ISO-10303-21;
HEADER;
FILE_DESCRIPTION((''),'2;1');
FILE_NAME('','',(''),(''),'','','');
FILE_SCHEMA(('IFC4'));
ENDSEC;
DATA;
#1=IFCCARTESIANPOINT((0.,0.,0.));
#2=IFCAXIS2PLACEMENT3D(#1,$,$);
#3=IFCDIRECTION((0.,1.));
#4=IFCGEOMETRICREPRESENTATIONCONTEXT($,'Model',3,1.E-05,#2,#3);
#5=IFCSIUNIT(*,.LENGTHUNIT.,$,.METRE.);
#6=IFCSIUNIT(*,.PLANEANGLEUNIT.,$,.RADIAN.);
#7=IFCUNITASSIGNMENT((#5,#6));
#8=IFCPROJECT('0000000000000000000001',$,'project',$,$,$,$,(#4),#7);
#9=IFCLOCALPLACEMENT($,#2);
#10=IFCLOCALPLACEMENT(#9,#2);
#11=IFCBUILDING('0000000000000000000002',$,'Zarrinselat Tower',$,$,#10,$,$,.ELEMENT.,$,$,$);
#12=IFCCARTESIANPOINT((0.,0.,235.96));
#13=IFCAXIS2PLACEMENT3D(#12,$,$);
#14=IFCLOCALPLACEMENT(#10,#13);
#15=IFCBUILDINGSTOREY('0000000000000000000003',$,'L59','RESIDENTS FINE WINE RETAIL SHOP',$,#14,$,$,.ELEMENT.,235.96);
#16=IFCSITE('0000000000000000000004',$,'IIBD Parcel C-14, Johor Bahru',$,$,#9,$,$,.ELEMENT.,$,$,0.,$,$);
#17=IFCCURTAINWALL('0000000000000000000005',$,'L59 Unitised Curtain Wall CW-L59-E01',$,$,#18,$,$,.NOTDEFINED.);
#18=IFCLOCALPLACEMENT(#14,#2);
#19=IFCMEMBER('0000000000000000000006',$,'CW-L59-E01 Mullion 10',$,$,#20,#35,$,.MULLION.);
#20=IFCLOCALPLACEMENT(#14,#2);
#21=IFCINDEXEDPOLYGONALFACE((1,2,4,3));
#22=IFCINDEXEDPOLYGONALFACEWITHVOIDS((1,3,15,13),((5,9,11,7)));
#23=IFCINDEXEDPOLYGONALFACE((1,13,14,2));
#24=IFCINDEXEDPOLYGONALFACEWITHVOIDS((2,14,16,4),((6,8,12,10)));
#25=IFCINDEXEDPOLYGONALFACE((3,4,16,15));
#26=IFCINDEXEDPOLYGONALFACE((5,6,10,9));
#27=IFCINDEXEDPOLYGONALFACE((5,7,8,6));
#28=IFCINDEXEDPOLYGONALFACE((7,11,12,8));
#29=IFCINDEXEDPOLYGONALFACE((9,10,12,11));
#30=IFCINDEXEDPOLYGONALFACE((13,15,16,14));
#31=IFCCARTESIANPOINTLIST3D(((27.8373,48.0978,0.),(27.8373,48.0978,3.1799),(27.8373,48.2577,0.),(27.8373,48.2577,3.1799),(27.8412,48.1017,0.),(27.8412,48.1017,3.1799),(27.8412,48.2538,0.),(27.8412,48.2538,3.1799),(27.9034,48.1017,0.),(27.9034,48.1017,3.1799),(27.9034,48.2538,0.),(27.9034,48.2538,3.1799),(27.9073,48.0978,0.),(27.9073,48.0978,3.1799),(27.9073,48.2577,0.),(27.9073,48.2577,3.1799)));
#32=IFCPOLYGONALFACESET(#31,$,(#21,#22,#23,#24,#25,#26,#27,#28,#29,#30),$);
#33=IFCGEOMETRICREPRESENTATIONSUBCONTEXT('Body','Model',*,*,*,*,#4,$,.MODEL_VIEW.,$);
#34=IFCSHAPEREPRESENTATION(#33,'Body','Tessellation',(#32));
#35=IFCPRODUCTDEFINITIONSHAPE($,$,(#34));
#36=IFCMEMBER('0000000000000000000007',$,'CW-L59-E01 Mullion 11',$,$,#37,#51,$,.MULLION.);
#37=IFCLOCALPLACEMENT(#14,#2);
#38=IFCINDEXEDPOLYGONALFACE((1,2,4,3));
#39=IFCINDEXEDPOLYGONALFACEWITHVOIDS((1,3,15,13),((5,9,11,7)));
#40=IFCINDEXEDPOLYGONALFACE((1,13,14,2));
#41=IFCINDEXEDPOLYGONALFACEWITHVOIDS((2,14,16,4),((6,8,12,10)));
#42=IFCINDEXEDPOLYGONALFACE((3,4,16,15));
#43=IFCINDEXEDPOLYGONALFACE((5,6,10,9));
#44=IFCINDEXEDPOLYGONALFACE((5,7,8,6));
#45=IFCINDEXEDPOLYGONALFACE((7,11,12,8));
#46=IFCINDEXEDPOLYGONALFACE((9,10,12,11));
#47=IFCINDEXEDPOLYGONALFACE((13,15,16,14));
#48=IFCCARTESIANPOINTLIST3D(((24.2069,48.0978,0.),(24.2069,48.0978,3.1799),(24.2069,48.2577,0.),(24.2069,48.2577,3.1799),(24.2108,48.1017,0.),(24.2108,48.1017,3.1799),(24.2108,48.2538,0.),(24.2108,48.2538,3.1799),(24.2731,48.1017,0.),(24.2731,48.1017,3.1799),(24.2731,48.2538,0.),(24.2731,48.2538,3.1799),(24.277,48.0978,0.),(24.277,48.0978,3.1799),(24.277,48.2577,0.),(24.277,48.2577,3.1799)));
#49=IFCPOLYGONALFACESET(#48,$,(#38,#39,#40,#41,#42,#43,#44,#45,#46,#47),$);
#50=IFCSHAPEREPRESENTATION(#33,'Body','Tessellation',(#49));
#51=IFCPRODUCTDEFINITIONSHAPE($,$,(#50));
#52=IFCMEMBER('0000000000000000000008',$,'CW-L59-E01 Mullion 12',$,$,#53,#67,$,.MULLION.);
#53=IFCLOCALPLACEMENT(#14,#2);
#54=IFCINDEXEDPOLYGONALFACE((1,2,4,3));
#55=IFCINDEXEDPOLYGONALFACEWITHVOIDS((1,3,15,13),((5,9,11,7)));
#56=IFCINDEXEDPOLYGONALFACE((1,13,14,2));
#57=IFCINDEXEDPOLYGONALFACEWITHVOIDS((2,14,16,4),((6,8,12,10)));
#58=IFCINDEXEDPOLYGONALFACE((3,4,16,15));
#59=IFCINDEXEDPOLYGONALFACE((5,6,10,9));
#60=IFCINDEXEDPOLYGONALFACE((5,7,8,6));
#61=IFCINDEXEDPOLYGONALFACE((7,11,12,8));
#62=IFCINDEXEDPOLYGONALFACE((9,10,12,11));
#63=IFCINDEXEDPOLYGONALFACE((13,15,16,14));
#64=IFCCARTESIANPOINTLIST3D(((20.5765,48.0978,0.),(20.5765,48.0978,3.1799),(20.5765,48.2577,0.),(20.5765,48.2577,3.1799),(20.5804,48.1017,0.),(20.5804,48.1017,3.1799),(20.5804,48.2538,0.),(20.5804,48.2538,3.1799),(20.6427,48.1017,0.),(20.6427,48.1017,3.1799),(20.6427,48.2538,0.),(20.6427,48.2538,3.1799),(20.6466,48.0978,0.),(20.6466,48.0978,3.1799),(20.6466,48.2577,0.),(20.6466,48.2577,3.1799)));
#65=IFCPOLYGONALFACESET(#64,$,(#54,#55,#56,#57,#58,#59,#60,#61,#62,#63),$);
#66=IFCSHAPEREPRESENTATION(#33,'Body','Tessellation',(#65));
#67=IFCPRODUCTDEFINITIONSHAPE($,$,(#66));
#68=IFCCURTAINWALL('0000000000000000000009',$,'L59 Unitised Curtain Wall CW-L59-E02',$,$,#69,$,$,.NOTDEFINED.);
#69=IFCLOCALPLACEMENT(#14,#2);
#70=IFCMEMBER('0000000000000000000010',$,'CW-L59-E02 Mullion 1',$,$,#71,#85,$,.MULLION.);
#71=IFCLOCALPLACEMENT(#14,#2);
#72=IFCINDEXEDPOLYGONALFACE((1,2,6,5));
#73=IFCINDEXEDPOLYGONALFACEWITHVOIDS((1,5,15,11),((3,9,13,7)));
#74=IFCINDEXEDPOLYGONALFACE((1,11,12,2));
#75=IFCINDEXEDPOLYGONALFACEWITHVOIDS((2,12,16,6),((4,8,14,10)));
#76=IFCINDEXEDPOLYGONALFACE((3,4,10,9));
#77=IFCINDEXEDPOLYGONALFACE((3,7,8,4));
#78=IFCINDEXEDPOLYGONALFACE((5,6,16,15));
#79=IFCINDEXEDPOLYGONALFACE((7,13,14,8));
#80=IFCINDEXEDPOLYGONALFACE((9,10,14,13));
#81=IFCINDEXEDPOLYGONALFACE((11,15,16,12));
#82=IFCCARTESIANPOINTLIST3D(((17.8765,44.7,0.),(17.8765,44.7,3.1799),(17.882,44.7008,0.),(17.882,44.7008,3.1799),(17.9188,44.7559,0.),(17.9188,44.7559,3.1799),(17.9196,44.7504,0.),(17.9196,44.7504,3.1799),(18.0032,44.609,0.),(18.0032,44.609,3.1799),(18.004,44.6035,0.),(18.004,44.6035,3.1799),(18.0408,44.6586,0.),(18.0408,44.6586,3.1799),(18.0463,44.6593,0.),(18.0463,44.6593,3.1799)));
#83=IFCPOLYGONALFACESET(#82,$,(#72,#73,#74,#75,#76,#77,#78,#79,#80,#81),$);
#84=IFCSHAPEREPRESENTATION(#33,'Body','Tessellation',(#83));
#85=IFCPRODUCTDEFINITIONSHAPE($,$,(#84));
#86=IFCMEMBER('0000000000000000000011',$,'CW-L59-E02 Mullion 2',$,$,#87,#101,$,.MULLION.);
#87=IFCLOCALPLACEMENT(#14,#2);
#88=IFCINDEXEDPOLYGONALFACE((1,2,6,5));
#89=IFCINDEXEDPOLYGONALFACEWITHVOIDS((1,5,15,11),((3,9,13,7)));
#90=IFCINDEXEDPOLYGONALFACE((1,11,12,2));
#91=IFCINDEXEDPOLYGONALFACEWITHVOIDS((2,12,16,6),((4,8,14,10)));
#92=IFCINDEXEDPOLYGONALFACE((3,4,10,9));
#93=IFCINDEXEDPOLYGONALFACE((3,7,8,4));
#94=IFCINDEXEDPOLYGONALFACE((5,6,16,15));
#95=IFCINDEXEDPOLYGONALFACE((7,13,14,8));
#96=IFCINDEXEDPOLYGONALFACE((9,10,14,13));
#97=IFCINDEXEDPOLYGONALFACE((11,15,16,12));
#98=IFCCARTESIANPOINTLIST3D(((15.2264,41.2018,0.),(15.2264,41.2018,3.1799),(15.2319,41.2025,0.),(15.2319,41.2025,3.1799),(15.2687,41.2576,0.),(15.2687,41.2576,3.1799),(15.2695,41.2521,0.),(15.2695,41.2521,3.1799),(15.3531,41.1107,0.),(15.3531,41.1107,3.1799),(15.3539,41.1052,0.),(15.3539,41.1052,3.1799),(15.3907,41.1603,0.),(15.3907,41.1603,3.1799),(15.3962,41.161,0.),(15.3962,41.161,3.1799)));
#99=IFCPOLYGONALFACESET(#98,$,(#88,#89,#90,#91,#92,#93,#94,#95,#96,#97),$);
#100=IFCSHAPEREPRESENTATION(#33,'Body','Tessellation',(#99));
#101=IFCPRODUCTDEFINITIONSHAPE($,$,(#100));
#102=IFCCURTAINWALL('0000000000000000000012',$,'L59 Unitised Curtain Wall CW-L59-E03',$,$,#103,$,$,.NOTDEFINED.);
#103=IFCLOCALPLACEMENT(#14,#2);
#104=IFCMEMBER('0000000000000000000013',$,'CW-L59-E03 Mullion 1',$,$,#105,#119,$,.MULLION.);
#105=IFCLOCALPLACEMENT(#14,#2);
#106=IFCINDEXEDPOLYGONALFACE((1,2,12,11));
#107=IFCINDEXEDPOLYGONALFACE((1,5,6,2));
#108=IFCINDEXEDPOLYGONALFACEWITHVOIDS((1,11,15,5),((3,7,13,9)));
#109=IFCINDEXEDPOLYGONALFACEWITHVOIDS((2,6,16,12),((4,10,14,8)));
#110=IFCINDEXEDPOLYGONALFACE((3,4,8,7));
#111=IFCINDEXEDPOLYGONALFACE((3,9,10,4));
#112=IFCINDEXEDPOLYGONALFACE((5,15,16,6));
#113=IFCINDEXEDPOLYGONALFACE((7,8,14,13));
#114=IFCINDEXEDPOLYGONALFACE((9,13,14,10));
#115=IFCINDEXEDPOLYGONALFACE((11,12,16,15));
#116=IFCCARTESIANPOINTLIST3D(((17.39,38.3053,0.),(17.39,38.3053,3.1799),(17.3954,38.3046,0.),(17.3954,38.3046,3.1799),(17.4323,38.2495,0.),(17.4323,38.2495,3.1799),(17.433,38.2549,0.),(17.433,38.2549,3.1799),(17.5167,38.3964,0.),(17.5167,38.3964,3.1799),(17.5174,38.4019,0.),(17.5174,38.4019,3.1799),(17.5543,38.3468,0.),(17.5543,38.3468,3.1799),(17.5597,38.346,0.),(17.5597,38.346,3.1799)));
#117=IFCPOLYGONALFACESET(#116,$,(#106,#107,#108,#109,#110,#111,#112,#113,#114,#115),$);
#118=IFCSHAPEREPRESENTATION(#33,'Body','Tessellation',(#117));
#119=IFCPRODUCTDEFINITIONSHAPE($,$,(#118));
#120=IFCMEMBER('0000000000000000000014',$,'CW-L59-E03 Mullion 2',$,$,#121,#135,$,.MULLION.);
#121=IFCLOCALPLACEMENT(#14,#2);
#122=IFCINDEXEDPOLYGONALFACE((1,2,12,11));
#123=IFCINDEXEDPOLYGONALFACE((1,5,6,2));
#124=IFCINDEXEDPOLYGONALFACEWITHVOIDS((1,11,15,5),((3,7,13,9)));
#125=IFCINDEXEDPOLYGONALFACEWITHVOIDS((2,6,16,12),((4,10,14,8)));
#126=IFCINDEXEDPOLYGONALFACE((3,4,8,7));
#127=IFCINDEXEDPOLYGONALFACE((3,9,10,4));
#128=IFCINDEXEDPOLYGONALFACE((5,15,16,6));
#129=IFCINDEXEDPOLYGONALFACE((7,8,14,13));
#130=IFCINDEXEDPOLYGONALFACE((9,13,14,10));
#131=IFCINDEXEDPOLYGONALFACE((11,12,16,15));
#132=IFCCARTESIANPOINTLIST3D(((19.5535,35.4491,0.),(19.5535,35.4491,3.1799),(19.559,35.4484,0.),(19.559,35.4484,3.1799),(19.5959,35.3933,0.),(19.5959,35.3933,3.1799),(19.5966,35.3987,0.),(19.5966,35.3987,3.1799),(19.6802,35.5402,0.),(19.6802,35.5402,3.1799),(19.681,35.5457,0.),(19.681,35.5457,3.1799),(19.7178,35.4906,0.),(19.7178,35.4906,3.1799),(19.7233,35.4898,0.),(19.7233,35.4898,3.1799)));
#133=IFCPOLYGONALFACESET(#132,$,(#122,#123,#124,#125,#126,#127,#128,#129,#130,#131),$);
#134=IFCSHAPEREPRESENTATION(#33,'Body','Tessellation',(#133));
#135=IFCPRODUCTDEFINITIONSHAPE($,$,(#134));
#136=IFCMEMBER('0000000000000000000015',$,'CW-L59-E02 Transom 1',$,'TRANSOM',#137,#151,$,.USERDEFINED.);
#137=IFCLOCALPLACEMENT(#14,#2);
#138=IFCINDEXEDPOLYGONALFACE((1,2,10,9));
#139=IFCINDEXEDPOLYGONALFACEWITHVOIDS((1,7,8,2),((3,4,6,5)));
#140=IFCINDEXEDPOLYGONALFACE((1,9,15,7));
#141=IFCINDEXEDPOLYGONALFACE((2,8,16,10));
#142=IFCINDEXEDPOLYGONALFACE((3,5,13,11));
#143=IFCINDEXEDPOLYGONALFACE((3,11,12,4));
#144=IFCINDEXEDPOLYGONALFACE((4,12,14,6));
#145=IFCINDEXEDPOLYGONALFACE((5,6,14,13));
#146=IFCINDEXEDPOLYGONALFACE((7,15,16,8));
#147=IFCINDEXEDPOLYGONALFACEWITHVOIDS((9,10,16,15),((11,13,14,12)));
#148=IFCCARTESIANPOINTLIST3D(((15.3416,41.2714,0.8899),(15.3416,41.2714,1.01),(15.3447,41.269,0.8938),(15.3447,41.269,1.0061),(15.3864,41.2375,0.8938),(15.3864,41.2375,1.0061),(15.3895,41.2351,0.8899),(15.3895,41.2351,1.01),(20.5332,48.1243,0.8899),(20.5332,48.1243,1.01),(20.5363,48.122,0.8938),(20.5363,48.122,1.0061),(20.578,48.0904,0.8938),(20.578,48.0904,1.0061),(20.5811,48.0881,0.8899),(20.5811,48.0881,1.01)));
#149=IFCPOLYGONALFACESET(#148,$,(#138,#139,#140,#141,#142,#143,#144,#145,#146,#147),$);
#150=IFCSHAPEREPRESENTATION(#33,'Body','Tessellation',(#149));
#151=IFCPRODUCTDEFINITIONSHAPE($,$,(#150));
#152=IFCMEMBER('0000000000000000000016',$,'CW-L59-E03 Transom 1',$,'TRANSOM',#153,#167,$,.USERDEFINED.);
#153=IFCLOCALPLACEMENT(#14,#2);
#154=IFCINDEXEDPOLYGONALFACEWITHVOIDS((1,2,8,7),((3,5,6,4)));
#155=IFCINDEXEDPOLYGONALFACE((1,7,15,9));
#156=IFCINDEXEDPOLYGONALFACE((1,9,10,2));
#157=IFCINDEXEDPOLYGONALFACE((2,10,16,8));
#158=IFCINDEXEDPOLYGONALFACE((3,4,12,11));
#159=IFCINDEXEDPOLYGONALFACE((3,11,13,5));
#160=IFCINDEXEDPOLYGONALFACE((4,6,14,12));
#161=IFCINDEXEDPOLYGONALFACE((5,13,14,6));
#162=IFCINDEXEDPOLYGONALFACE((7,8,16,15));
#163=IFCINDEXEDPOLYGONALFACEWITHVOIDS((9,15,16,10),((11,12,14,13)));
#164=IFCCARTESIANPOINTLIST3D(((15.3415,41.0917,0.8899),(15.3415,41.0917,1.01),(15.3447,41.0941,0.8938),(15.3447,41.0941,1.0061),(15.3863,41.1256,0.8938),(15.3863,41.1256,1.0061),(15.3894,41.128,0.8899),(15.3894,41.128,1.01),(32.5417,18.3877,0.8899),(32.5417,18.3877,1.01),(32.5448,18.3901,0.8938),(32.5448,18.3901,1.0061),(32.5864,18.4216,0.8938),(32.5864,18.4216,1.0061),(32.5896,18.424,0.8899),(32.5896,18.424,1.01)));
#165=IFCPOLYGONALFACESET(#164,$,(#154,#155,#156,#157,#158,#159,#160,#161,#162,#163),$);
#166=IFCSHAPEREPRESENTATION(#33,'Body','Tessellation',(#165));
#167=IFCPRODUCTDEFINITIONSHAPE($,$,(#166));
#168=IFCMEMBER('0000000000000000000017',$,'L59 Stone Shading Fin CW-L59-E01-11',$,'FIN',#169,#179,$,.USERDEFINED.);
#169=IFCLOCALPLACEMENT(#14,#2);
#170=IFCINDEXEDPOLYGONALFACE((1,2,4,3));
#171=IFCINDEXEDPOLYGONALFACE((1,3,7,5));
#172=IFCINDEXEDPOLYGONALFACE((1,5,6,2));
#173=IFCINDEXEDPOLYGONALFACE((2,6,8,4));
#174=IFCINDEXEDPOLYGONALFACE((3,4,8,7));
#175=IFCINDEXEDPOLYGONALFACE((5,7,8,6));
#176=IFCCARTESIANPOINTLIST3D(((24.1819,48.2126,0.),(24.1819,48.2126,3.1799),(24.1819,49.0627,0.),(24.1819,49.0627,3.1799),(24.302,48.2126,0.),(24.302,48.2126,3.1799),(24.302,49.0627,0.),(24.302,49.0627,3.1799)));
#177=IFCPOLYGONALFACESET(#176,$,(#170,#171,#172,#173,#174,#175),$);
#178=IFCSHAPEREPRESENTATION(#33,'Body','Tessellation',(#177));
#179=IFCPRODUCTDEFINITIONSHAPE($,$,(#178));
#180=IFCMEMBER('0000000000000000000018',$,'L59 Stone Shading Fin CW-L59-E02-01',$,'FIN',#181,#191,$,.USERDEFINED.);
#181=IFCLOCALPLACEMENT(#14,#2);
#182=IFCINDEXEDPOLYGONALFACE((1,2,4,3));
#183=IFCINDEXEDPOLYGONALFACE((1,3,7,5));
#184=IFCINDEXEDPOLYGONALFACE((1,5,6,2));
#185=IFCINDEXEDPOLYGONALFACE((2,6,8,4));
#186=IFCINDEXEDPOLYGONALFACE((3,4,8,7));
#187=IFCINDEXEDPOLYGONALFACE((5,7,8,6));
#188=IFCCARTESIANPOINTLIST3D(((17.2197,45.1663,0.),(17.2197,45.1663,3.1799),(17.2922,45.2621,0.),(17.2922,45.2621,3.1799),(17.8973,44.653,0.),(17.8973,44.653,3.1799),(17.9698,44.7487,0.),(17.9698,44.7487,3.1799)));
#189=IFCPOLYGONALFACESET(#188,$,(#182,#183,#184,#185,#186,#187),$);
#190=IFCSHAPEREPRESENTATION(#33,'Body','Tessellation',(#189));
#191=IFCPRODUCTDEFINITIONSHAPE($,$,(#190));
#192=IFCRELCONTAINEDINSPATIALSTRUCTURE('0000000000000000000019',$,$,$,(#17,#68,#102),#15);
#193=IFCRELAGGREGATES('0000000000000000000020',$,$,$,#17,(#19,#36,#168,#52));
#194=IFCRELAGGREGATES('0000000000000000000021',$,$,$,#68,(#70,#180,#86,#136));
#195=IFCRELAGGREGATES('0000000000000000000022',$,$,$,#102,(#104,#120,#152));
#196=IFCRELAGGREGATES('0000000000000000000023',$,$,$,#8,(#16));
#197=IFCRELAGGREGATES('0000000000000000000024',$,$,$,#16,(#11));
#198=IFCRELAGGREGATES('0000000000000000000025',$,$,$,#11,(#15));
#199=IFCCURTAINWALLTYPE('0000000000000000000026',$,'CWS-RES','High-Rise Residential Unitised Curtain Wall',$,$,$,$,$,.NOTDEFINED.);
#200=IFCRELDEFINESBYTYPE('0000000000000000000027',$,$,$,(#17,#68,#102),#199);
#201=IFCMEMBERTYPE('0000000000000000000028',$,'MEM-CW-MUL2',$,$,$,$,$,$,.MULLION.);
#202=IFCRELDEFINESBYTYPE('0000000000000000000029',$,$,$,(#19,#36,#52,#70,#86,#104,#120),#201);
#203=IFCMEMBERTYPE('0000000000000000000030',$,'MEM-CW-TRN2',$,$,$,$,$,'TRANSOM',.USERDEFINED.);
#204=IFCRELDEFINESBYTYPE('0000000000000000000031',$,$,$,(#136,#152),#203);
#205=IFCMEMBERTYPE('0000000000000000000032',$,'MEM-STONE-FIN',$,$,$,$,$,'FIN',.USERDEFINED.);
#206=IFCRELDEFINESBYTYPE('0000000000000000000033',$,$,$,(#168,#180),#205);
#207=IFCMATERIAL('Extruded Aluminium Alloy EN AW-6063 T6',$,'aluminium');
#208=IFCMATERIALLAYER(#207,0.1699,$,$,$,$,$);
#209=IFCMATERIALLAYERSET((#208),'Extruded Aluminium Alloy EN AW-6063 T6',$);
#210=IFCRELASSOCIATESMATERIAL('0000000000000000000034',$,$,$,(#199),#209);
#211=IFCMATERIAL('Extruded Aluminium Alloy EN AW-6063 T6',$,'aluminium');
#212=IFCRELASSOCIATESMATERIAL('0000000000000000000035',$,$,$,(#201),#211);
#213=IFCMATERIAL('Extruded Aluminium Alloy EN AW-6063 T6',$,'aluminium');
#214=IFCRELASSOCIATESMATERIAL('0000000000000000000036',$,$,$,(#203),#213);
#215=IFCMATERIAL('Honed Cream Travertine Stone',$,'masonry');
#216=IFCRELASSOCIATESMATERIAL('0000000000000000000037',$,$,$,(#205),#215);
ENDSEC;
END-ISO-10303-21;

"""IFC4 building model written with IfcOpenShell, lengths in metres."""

from ifc_helpers import new_model, si_unit, direction, frame, origin, origin_2d, place, context, subcontext, project, spatial, rectangle, hollow_rectangle, extrude, material, layer, layer_set, material_profile, profile_set, type_object, element, aggregate, save


model = new_model("IFC4")

# Units and contexts
model_context = context("Model", 3, precision=1e-05, world=origin(), true_north=direction((0.0, 1.0)))
body_context = subcontext(model_context, "Body", "Model", "MODEL_VIEW")
ifc_project = project(units=[si_unit("LENGTHUNIT", "METRE"), si_unit("PLANEANGLEUNIT", "RADIAN")], contexts=[model_context])

# Site, building, storey
site_placement = place(None, origin())
site = spatial("IfcSite", under=ifc_project, at=site_placement, Name="IIBD Parcel C-14, Johor Bahru", CompositionType="ELEMENT", RefElevation=0.0)
building_placement = place(site_placement, origin())
building = spatial("IfcBuilding", under=site, at=building_placement, Name="Zarrinselat Tower", CompositionType="ELEMENT")
storey_placement = place(building_placement, frame((0.0, 0.0, 235.96)))
storey = spatial("IfcBuildingStorey", under=building, at=storey_placement, Name="L59", Description="RESIDENTS FINE WINE RETAIL SHOP", CompositionType="ELEMENT", Elevation=235.96)

# Curtain walls, members
ifc_material_1 = material(Name="Extruded Aluminium Alloy EN AW-6063 T6", Category="aluminium")
ifc_layer_1 = layer(ifc_material_1, 0.1699)
ifc_layer_set_1 = layer_set([ifc_layer_1], Name="Extruded Aluminium Alloy EN AW-6063 T6")
curtain_wall_type = type_object("IfcCurtainWallType", Name="CWS-RES", Description="High-Rise Residential Unitised Curtain Wall", PredefinedType="NOTDEFINED", material=ifc_layer_set_1)
curtain_wall_1_placement = place(storey_placement, origin())
curtain_wall_1 = element("IfcCurtainWall", 1, at=curtain_wall_1_placement, inside=storey, type_object=curtain_wall_type, Name="L59 Unitised Curtain Wall CW-L59-E01", PredefinedType="NOTDEFINED")
ifc_material_2 = material(Name="Extruded Aluminium Alloy EN AW-6063 T6", Category="aluminium")
ifc_material_profile_1 = material_profile(ifc_material_2, hollow_rectangle(XDim=0.0701, YDim=0.1599, WallThickness=0.0039, at=origin_2d()), Name="RHS 160x70x4")
ifc_profile_set_1 = profile_set([ifc_material_profile_1], Name="Extruded Aluminium Alloy EN AW-6063 T6")
member_type_1 = type_object("IfcMemberType", Name="MEM-CW-MUL2", PredefinedType="MULLION", material=ifc_profile_set_1)
member_1_placement = place(storey_placement, frame((27.8723, 48.1777, 0.0), z_axis=(0.0, 0.0, 1.0), x_axis=(-1.0, 0.0, 0.0)))
member_1 = element("IfcMember", 2, at=member_1_placement, type_object=member_type_1, Name="CW-L59-E01 Mullion 10", PredefinedType="MULLION", context=body_context, shape_type="SweptSolid", body=[
    extrude(hollow_rectangle(XDim=0.0701, YDim=0.1599, WallThickness=0.0039, at=origin_2d()), origin(), (0.0, 0.0, 1.0), 3.1799),
])
member_2_placement = place(storey_placement, frame((24.2419, 48.1777, 0.0), z_axis=(0.0, 0.0, 1.0), x_axis=(-1.0, 0.0, 0.0)))
member_2 = element("IfcMember", 3, at=member_2_placement, type_object=member_type_1, Name="CW-L59-E01 Mullion 11", PredefinedType="MULLION", context=body_context, shape_type="SweptSolid", body=[
    extrude(hollow_rectangle(XDim=0.0701, YDim=0.1599, WallThickness=0.0039, at=origin_2d()), origin(), (0.0, 0.0, 1.0), 3.1799),
])
member_3_placement = place(storey_placement, frame((20.6116, 48.1777, 0.0), z_axis=(0.0, 0.0, 1.0), x_axis=(-1.0, 0.0, 0.0)))
member_3 = element("IfcMember", 4, at=member_3_placement, type_object=member_type_1, Name="CW-L59-E01 Mullion 12", PredefinedType="MULLION", context=body_context, shape_type="SweptSolid", body=[
    extrude(hollow_rectangle(XDim=0.0701, YDim=0.1599, WallThickness=0.0039, at=origin_2d()), origin(), (0.0, 0.0, 1.0), 3.1799),
])
curtain_wall_2_placement = place(storey_placement, origin())
curtain_wall_2 = element("IfcCurtainWall", 5, at=curtain_wall_2_placement, inside=storey, type_object=curtain_wall_type, Name="L59 Unitised Curtain Wall CW-L59-E02", PredefinedType="NOTDEFINED")
member_4_placement = place(storey_placement, frame((17.9614, 44.6797, 0.0), z_axis=(0.0, 0.0, 1.0), x_axis=(-0.603856, -0.797094, 0.0)))
member_4 = element("IfcMember", 6, at=member_4_placement, type_object=member_type_1, Name="CW-L59-E02 Mullion 1", PredefinedType="MULLION", context=body_context, shape_type="SweptSolid", body=[
    extrude(hollow_rectangle(XDim=0.0701, YDim=0.1599, WallThickness=0.0039, at=origin_2d()), origin(), (0.0, 0.0, 1.0), 3.1799),
])
member_5_placement = place(storey_placement, frame((15.3113, 41.1814, 0.0), z_axis=(0.0, 0.0, 1.0), x_axis=(-0.603856, -0.797094, 0.0)))
member_5 = element("IfcMember", 7, at=member_5_placement, type_object=member_type_1, Name="CW-L59-E02 Mullion 2", PredefinedType="MULLION", context=body_context, shape_type="SweptSolid", body=[
    extrude(hollow_rectangle(XDim=0.0701, YDim=0.1599, WallThickness=0.0039, at=origin_2d()), origin(), (0.0, 0.0, 1.0), 3.1799),
])
curtain_wall_3_placement = place(storey_placement, origin())
curtain_wall_3 = element("IfcCurtainWall", 8, at=curtain_wall_3_placement, inside=storey, type_object=curtain_wall_type, Name="L59 Unitised Curtain Wall CW-L59-E03", PredefinedType="NOTDEFINED")
member_6_placement = place(storey_placement, frame((17.4749, 38.3257, 0.0), z_axis=(0.0, 0.0, 1.0), x_axis=(0.603857, -0.797092, 0.0)))
member_6 = element("IfcMember", 9, at=member_6_placement, type_object=member_type_1, Name="CW-L59-E03 Mullion 1", PredefinedType="MULLION", context=body_context, shape_type="SweptSolid", body=[
    extrude(hollow_rectangle(XDim=0.0701, YDim=0.1599, WallThickness=0.0039, at=origin_2d()), origin(), (0.0, 0.0, 1.0), 3.1799),
])
member_7_placement = place(storey_placement, frame((19.6384, 35.4695, 0.0), z_axis=(0.0, 0.0, 1.0), x_axis=(0.603857, -0.797092, 0.0)))
member_7 = element("IfcMember", 10, at=member_7_placement, type_object=member_type_1, Name="CW-L59-E03 Mullion 2", PredefinedType="MULLION", context=body_context, shape_type="SweptSolid", body=[
    extrude(hollow_rectangle(XDim=0.0701, YDim=0.1599, WallThickness=0.0039, at=origin_2d()), origin(), (0.0, 0.0, 1.0), 3.1799),
])

# Members
ifc_material_3 = material(Name="Extruded Aluminium Alloy EN AW-6063 T6", Category="aluminium")
ifc_material_profile_2 = material_profile(ifc_material_3, hollow_rectangle(XDim=0.0601, YDim=0.1201, WallThickness=0.0039, at=origin_2d()), Name="RHS 120x60x4")
ifc_profile_set_2 = profile_set([ifc_material_profile_2], Name="Extruded Aluminium Alloy EN AW-6063 T6")
member_type_2 = type_object("IfcMemberType", Name="MEM-CW-TRN2", ElementType="TRANSOM", PredefinedType="USERDEFINED", material=ifc_profile_set_2)
member_8_placement = place(storey_placement, frame((20.5571, 48.1062, 0.95), z_axis=(-0.603855, -0.797094, 0.0), x_axis=(0.797094, -0.603855, 0.0)))
member_8 = element("IfcMember", 11, at=member_8_placement, type_object=member_type_2, Name="CW-L59-E02 Transom 1", ObjectType="TRANSOM", PredefinedType="USERDEFINED", context=body_context, shape_type="SweptSolid", body=[
    extrude(hollow_rectangle(XDim=0.0601, YDim=0.1201, WallThickness=0.0039, at=origin_2d()), origin(), (0.0, 0.0, 1.0), 8.5974),
])
member_9_placement = place(storey_placement, frame((15.3655, 41.1099, 0.95), z_axis=(0.60386, -0.79709, 0.0), x_axis=(0.79709, 0.60386, 0.0)))
member_9 = element("IfcMember", 12, at=member_9_placement, type_object=member_type_2, Name="CW-L59-E03 Transom 1", ObjectType="TRANSOM", PredefinedType="USERDEFINED", context=body_context, shape_type="SweptSolid", body=[
    extrude(hollow_rectangle(XDim=0.0601, YDim=0.1201, WallThickness=0.0039, at=origin_2d()), origin(), (0.0, 0.0, 1.0), 28.4836),
])
ifc_material_4 = material(Name="Honed Cream Travertine Stone", Category="masonry")
ifc_material_profile_3 = material_profile(ifc_material_4, rectangle(XDim=0.1201, YDim=0.8501, at=origin_2d()), Name="FIN 850x120")
ifc_profile_set_3 = profile_set([ifc_material_profile_3], Name="Honed Cream Travertine Stone")
member_type_3 = type_object("IfcMemberType", Name="MEM-STONE-FIN", ElementType="FIN", PredefinedType="USERDEFINED", material=ifc_profile_set_3)
member_10_placement = place(storey_placement, frame((24.2419, 48.6377, 0.0), z_axis=(0.0, 0.0, 1.0), x_axis=(1.0, 0.0, 0.0)))
member_10 = element("IfcMember", 13, at=member_10_placement, type_object=member_type_3, Name="L59 Stone Shading Fin CW-L59-E01-11", ObjectType="FIN", PredefinedType="USERDEFINED", context=body_context, shape_type="SweptSolid", body=[
    extrude(rectangle(XDim=0.1201, YDim=0.8501, at=origin_2d()), origin(), (0.0, 0.0, 1.0), 3.1799),
])
member_11_placement = place(storey_placement, frame((17.5947, 44.9575, 0.0), z_axis=(0.0, 0.0, 1.0), x_axis=(0.603856, 0.797094, 0.0)))
member_11 = element("IfcMember", 14, at=member_11_placement, type_object=member_type_3, Name="L59 Stone Shading Fin CW-L59-E02-01", ObjectType="FIN", PredefinedType="USERDEFINED", context=body_context, shape_type="SweptSolid", body=[
    extrude(rectangle(XDim=0.1201, YDim=0.8501, at=origin_2d()), origin(), (0.0, 0.0, 1.0), 3.1799),
])

aggregate(curtain_wall_1, [member_1, member_2, member_10, member_3])
aggregate(curtain_wall_2, [member_4, member_11, member_5, member_8])
aggregate(curtain_wall_3, [member_6, member_7, member_9])

save(model, "model.ifc")
